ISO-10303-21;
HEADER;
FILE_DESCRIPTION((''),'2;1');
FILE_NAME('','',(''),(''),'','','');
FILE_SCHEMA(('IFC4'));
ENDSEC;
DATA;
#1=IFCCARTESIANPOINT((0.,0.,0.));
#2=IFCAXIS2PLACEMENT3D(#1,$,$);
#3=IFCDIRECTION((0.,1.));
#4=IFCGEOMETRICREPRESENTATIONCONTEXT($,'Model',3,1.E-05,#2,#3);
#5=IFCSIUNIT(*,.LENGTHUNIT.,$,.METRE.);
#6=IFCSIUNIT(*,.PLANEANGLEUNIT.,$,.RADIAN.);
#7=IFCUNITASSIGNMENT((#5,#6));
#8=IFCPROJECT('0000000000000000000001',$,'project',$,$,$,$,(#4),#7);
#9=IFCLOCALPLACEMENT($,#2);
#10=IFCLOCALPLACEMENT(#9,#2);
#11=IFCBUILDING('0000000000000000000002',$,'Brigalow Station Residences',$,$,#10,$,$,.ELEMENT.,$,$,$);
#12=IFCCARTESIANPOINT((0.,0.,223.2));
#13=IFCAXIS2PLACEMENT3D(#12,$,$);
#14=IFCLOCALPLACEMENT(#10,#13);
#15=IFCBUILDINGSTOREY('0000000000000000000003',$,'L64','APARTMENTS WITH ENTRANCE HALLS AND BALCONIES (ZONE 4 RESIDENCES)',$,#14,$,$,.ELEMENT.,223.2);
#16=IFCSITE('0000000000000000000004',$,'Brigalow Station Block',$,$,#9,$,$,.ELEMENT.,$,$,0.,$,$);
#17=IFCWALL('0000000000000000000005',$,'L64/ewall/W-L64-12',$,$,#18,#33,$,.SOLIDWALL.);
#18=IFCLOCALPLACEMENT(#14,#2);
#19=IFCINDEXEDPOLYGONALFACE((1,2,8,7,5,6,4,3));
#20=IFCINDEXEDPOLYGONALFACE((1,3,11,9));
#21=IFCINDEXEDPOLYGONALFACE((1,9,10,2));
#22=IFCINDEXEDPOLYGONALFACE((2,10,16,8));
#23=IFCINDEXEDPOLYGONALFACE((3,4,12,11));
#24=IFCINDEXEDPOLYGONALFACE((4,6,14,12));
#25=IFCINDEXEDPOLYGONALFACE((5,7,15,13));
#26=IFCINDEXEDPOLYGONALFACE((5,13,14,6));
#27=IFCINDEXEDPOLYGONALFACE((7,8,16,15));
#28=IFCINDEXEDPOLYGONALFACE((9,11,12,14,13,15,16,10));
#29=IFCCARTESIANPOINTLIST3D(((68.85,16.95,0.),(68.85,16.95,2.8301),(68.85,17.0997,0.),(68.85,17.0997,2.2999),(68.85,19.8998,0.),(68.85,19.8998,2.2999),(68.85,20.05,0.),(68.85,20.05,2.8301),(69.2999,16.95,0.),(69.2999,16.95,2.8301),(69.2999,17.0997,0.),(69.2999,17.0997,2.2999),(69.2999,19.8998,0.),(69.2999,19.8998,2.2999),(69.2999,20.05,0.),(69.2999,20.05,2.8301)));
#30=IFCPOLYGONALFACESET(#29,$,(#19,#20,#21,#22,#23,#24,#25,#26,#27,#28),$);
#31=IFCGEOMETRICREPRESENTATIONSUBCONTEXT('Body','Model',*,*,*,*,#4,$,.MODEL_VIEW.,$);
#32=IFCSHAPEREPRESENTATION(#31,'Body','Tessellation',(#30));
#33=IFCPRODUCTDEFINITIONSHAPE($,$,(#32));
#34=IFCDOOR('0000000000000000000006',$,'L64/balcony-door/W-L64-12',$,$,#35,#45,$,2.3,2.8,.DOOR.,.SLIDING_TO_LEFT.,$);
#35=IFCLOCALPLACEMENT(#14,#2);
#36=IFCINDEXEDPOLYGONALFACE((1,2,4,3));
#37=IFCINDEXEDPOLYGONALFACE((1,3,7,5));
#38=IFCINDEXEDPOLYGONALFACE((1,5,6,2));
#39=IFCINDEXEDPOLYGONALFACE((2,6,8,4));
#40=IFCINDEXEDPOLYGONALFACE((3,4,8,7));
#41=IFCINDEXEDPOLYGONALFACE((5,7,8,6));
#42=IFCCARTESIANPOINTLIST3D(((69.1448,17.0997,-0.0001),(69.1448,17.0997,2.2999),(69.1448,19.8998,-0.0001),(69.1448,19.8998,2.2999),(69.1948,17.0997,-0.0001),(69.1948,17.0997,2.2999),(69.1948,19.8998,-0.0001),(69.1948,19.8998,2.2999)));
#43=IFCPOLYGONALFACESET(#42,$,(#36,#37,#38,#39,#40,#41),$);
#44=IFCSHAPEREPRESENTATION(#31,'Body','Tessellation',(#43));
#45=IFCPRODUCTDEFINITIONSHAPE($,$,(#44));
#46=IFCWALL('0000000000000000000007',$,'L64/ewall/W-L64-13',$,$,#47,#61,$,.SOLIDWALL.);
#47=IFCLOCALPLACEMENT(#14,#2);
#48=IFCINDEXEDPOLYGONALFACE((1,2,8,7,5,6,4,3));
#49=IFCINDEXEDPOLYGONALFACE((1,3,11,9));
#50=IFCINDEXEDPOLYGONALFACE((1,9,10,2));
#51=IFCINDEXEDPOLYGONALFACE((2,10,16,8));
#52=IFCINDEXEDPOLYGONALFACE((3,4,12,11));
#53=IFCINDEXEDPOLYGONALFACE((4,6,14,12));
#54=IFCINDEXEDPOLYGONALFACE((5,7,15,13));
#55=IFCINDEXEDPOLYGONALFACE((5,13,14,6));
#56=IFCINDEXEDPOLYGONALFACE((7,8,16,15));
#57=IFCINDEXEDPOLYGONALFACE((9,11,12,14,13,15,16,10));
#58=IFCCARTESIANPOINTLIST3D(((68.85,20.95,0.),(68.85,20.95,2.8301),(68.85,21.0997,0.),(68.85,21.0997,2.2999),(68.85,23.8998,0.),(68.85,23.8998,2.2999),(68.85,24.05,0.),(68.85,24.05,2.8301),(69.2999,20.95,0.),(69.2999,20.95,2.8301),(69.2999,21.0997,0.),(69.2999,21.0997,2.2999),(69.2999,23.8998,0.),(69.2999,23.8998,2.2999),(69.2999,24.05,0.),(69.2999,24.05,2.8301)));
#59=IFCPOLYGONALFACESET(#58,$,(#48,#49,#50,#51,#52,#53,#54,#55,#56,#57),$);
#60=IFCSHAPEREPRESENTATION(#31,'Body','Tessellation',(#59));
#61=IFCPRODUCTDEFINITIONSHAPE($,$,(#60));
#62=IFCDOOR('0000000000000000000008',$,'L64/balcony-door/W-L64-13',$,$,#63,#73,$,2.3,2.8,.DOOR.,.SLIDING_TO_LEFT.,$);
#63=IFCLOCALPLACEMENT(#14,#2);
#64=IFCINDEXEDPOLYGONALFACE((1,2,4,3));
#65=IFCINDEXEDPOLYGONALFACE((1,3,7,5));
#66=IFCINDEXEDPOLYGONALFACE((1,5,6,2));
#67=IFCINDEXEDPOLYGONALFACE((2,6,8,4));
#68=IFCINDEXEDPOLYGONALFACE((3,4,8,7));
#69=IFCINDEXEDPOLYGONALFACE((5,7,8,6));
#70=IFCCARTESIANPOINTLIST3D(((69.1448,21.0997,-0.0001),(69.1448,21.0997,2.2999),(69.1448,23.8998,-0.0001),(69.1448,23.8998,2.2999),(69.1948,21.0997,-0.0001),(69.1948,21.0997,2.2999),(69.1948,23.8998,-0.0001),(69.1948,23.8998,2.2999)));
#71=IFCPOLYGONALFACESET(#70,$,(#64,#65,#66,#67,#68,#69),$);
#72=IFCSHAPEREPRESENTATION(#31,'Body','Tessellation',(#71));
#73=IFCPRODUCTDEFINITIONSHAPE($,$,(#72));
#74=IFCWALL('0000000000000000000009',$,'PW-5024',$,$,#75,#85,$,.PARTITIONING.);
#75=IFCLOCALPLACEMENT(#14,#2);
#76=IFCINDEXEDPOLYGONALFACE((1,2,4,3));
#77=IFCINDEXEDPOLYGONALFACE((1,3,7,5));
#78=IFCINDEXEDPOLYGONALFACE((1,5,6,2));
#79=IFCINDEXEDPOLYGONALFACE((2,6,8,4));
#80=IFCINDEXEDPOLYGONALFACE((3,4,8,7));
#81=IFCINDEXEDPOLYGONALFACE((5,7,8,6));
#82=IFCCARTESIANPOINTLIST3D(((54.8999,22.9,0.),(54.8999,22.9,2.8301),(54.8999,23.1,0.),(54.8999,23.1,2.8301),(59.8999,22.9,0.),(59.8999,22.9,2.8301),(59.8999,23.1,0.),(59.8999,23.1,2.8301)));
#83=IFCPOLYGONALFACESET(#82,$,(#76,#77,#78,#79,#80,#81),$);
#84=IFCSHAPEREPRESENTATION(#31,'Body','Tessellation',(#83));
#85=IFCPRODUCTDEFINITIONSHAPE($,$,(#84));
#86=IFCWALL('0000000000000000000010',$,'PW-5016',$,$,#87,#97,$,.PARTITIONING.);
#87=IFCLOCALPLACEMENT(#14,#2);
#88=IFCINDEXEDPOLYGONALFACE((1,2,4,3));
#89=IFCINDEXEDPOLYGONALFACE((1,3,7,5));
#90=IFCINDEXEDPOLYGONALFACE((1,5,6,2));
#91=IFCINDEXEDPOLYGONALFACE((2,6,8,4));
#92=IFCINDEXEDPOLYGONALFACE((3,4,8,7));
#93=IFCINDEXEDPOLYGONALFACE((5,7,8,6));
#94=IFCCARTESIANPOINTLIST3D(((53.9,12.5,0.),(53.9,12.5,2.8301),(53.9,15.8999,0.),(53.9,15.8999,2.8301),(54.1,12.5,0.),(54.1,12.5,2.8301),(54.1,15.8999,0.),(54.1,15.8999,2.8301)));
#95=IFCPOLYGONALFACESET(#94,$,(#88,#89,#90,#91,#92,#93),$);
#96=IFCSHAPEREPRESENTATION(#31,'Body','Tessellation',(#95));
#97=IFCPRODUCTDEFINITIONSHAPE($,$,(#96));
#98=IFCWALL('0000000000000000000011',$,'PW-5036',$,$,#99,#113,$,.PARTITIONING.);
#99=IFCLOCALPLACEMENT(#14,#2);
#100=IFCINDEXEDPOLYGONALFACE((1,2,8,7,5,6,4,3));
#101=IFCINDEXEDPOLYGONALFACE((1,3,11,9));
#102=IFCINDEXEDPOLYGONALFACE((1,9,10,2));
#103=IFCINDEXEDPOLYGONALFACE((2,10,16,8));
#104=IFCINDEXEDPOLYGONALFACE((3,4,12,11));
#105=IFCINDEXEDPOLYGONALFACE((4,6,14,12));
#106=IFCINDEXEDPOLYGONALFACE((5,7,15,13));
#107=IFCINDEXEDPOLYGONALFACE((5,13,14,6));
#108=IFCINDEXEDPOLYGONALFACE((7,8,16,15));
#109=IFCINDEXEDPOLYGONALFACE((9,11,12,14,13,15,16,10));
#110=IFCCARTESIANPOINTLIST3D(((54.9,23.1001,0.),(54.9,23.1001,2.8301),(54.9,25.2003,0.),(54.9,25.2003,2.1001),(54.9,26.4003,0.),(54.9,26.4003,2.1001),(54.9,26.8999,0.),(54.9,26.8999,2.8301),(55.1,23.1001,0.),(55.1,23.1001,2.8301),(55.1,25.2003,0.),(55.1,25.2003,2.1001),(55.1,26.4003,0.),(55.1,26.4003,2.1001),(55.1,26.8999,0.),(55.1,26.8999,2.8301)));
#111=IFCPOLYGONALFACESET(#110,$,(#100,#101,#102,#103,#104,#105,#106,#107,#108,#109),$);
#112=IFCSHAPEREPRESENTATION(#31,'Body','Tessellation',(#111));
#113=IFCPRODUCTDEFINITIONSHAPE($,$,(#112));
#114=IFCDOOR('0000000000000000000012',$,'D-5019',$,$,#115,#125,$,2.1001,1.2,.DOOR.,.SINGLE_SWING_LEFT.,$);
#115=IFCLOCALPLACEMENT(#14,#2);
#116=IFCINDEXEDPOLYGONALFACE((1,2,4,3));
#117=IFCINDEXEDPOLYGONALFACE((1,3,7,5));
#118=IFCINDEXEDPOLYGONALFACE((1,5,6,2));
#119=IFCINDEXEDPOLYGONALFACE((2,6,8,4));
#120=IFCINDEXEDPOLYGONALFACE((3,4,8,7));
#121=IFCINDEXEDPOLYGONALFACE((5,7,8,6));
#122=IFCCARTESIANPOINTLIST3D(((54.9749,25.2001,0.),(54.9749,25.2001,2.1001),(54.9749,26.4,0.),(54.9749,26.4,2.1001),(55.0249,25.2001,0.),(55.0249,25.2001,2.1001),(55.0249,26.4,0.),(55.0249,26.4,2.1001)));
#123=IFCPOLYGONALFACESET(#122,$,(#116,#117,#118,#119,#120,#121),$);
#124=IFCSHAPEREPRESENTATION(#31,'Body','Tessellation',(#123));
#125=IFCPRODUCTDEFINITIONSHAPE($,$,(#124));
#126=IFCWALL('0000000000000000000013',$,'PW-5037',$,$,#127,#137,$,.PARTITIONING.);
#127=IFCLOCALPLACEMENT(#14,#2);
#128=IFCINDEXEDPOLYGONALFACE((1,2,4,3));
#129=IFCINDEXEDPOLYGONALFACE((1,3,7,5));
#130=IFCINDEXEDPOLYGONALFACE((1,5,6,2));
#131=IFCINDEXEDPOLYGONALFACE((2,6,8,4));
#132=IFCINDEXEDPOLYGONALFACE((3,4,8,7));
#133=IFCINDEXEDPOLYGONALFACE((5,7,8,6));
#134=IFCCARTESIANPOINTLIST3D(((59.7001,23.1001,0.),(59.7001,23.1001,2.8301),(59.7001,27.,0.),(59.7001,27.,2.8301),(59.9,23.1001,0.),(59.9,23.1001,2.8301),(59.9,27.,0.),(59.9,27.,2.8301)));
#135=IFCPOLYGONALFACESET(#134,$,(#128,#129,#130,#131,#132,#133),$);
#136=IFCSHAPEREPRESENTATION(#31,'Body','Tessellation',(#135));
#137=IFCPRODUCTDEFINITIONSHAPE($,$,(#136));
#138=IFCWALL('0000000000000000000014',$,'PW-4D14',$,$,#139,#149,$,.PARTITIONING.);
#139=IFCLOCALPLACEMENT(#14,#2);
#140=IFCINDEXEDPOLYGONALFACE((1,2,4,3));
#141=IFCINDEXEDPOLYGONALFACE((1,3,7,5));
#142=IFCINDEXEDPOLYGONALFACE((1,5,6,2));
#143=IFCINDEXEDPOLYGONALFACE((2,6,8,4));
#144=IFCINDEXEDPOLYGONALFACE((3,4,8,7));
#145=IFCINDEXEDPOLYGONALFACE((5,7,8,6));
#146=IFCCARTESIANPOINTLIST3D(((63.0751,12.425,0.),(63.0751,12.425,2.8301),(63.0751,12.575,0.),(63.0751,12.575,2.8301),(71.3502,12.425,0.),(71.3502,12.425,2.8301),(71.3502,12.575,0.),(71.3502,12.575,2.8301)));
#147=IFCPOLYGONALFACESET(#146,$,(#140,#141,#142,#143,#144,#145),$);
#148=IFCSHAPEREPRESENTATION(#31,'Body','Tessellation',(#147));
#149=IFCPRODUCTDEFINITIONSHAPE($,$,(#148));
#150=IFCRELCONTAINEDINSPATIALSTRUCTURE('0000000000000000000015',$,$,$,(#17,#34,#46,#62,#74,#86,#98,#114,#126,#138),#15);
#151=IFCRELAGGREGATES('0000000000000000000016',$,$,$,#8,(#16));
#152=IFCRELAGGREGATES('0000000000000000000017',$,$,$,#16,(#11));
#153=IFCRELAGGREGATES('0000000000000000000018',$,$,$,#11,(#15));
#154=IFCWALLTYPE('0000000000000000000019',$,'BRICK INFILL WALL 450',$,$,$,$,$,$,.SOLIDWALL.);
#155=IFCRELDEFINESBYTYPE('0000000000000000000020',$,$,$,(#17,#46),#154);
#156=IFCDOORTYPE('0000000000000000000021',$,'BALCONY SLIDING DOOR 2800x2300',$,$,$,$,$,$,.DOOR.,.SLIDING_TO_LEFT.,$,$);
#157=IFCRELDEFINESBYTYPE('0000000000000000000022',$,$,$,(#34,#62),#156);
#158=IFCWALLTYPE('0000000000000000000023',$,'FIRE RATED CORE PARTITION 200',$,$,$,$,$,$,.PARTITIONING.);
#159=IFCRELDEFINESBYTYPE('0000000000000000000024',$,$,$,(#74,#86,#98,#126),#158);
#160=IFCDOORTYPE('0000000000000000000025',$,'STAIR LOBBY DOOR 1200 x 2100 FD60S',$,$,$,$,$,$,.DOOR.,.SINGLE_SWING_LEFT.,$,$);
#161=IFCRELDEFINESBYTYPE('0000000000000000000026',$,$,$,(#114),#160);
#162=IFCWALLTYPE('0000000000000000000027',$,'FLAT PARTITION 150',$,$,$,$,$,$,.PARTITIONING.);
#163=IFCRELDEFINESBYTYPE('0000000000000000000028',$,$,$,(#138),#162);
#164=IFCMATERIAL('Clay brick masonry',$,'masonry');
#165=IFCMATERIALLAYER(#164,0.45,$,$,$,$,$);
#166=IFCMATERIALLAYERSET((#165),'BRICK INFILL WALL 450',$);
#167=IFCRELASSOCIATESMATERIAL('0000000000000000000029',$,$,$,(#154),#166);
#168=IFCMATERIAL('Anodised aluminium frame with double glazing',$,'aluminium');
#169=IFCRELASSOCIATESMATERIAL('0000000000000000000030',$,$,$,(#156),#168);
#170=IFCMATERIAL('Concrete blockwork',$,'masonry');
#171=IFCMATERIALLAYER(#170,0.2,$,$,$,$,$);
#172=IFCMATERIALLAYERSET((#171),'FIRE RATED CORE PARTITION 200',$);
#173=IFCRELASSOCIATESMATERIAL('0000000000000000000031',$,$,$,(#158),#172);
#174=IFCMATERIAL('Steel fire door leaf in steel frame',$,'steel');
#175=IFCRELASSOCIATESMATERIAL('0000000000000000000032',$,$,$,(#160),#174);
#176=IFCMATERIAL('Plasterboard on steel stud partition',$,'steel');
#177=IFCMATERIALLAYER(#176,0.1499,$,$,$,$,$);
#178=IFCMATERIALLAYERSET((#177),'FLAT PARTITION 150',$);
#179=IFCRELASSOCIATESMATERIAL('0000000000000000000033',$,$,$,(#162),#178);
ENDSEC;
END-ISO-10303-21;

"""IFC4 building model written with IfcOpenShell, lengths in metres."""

from ifc_helpers import new_model, si_unit, direction, frame, frame_2d, origin, place, context, subcontext, project, spatial, rectangle, extrude, material, layer, layer_set, type_object, element, fill, save


model = new_model("IFC4")

# Units and contexts
model_context = context("Model", 3, precision=1e-05, world=origin(), true_north=direction((0.0, 1.0)))
body_context = subcontext(model_context, "Body", "Model", "MODEL_VIEW")
ifc_project = project(units=[si_unit("LENGTHUNIT", "METRE"), si_unit("PLANEANGLEUNIT", "RADIAN")], contexts=[model_context])

# Site, building, storey
site_placement = place(None, origin())
site = spatial("IfcSite", under=ifc_project, at=site_placement, Name="Brigalow Station Block", CompositionType="ELEMENT", RefElevation=0.0)
building_placement = place(site_placement, origin())
building = spatial("IfcBuilding", under=site, at=building_placement, Name="Brigalow Station Residences", CompositionType="ELEMENT")
storey_placement = place(building_placement, frame((0.0, 0.0, 223.2)))
storey = spatial("IfcBuildingStorey", under=building, at=storey_placement, Name="L64", Description="APARTMENTS WITH ENTRANCE HALLS AND BALCONIES (ZONE 4 RESIDENCES)", CompositionType="ELEMENT", Elevation=223.2)

# Shared definitions
ifc_material_1 = material(Name="Clay brick masonry", Category="masonry")
ifc_layer_1 = layer(ifc_material_1, 0.45)
ifc_layer_set_1 = layer_set([ifc_layer_1], Name="BRICK INFILL WALL 450")
wall_type_1 = type_object("IfcWallType", Name="BRICK INFILL WALL 450", PredefinedType="SOLIDWALL", material=ifc_layer_set_1)

# Walls, openings, doors
wall_1_placement = place(storey_placement, frame((69.075, 16.95, 0.0), z_axis=(0.0, 0.0, 1.0), x_axis=(0.0, 1.0, 0.0)))
wall_1 = element("IfcWall", 1, at=wall_1_placement, inside=storey, type_object=wall_type_1, Name="L64/ewall/W-L64-12", PredefinedType="SOLIDWALL", context=body_context, shape_type="SweptSolid", body=[
    extrude(rectangle(XDim=3.1001, YDim=0.45, at=frame_2d((1.55, 0.0))), origin(), (0.0, 0.0, 1.0), 2.8301),
])
opening_1_placement = place(wall_1_placement, frame((0.1499, 0.0, 0.0)))
opening_1 = element("IfcOpeningElement", 2, at=opening_1_placement, cuts=wall_1, PredefinedType="OPENING", context=body_context, shape_type="SweptSolid", body=[
    extrude(rectangle(XDim=2.8, YDim=2.3, at=frame_2d((1.3999, 1.1499))), frame((0.0, 0.2349, 0.0), z_axis=(0.0, -1.0, 0.0), x_axis=(1.0, 0.0, 0.0)), (0.0, 0.0, 1.0), 0.47),
])
ifc_material_2 = material(Name="Anodised aluminium frame with double glazing", Category="aluminium")
door_type_1 = type_object("IfcDoorType", Name="BALCONY SLIDING DOOR 2800x2300", OperationType="SLIDING_TO_LEFT", PredefinedType="DOOR", material=ifc_material_2)
door_1_placement = place(opening_1_placement, origin())
door_1 = element("IfcDoor", 3, at=door_1_placement, inside=storey, type_object=door_type_1, Name="L64/balcony-door/W-L64-12", OperationType="SLIDING_TO_LEFT", OverallHeight=2.3, OverallWidth=2.8, PredefinedType="DOOR", context=body_context, shape_type="SweptSolid", body=[
    extrude(rectangle(XDim=2.8, YDim=2.3, at=frame_2d((1.3999, 1.1499))), frame((0.0, -0.0698, 0.0), z_axis=(0.0, -1.0, 0.0), x_axis=(1.0, 0.0, 0.0)), (0.0, 0.0, 1.0), 0.05),
])
fill(opening_1, door_1)
wall_2_placement = place(storey_placement, frame((69.075, 20.95, 0.0), z_axis=(0.0, 0.0, 1.0), x_axis=(0.0, 1.0, 0.0)))
wall_2 = element("IfcWall", 4, at=wall_2_placement, inside=storey, type_object=wall_type_1, Name="L64/ewall/W-L64-13", PredefinedType="SOLIDWALL", context=body_context, shape_type="SweptSolid", body=[
    extrude(rectangle(XDim=3.1001, YDim=0.45, at=frame_2d((1.55, 0.0))), origin(), (0.0, 0.0, 1.0), 2.8301),
])
opening_2_placement = place(wall_2_placement, frame((0.1499, 0.0, 0.0)))
opening_2 = element("IfcOpeningElement", 5, at=opening_2_placement, cuts=wall_2, PredefinedType="OPENING", context=body_context, shape_type="SweptSolid", body=[
    extrude(rectangle(XDim=2.8, YDim=2.3, at=frame_2d((1.3999, 1.1499))), frame((0.0, 0.2349, 0.0), z_axis=(0.0, -1.0, 0.0), x_axis=(1.0, 0.0, 0.0)), (0.0, 0.0, 1.0), 0.47),
])
door_2_placement = place(opening_2_placement, origin())
door_2 = element("IfcDoor", 6, at=door_2_placement, inside=storey, type_object=door_type_1, Name="L64/balcony-door/W-L64-13", OperationType="SLIDING_TO_LEFT", OverallHeight=2.3, OverallWidth=2.8, PredefinedType="DOOR", context=body_context, shape_type="SweptSolid", body=[
    extrude(rectangle(XDim=2.8, YDim=2.3, at=frame_2d((1.3999, 1.1499))), frame((0.0, -0.0698, 0.0), z_axis=(0.0, -1.0, 0.0), x_axis=(1.0, 0.0, 0.0)), (0.0, 0.0, 1.0), 0.05),
])
fill(opening_2, door_2)

# Walls
ifc_material_3 = material(Name="Concrete blockwork", Category="masonry")
ifc_layer_2 = layer(ifc_material_3, 0.2)
ifc_layer_set_2 = layer_set([ifc_layer_2], Name="FIRE RATED CORE PARTITION 200")
wall_type_2 = type_object("IfcWallType", Name="FIRE RATED CORE PARTITION 200", PredefinedType="PARTITIONING", material=ifc_layer_set_2)
wall_3_placement = place(storey_placement, frame((54.8999, 23.0, 0.0), z_axis=(0.0, 0.0, 1.0), x_axis=(1.0, 0.0, 0.0)))
element("IfcWall", 7, at=wall_3_placement, inside=storey, type_object=wall_type_2, Name="PW-5024", PredefinedType="PARTITIONING", context=body_context, shape_type="SweptSolid", body=[
    extrude(rectangle(XDim=5.0, YDim=0.2, at=frame_2d((2.5, 0.0))), origin(), (0.0, 0.0, 1.0), 2.8301),
])
wall_4_placement = place(storey_placement, frame((54.0, 12.5, 0.0), z_axis=(0.0, 0.0, 1.0), x_axis=(0.0, 1.0, 0.0)))
element("IfcWall", 8, at=wall_4_placement, inside=storey, type_object=wall_type_2, Name="PW-5016", PredefinedType="PARTITIONING", context=body_context, shape_type="SweptSolid", body=[
    extrude(rectangle(XDim=3.3999, YDim=0.2, at=frame_2d((1.7, 0.0))), origin(), (0.0, 0.0, 1.0), 2.8301),
])

# Wall, opening, door
wall_5_placement = place(storey_placement, frame((55.0, 23.1001, 0.0), z_axis=(0.0, 0.0, 1.0), x_axis=(0.0, 1.0, 0.0)))
wall_5 = element("IfcWall", 9, at=wall_5_placement, inside=storey, type_object=wall_type_2, Name="PW-5036", PredefinedType="PARTITIONING", context=body_context, shape_type="SweptSolid", body=[
    extrude(rectangle(XDim=3.7998, YDim=0.2, at=frame_2d((1.8999, 0.0))), origin(), (0.0, 0.0, 1.0), 2.8301),
])
opening_3_placement = place(wall_5_placement, frame((2.1001, 0.0, 0.0)))
opening_3 = element("IfcOpeningElement", 10, at=opening_3_placement, cuts=wall_5, PredefinedType="OPENING", context=body_context, shape_type="SweptSolid", body=[
    extrude(rectangle(XDim=1.2, YDim=2.1001, at=frame_2d((0.6001, 1.05))), frame((0.0, 0.1099, 0.0), z_axis=(0.0, -1.0, 0.0), x_axis=(1.0, 0.0, 0.0)), (0.0, 0.0, 1.0), 0.22),
])
ifc_material_4 = material(Name="Steel fire door leaf in steel frame", Category="steel")
door_type_2 = type_object("IfcDoorType", Name="STAIR LOBBY DOOR 1200 x 2100 FD60S", OperationType="SINGLE_SWING_LEFT", PredefinedType="DOOR", material=ifc_material_4)
door_3_placement = place(opening_3_placement, frame((1.2, 0.0, 0.0), z_axis=(0.0, 0.0, 1.0), x_axis=(-1.0, 0.0, 0.0)))
door_3 = element("IfcDoor", 11, at=door_3_placement, inside=storey, type_object=door_type_2, Name="D-5019", OperationType="SINGLE_SWING_LEFT", OverallHeight=2.1001, OverallWidth=1.2, PredefinedType="DOOR", context=body_context, shape_type="SweptSolid", body=[
    extrude(rectangle(XDim=1.2, YDim=2.1001, at=frame_2d((0.6001, 1.05))), frame((0.0, 0.0249, 0.0), z_axis=(0.0, -1.0, 0.0), x_axis=(1.0, 0.0, 0.0)), (0.0, 0.0, 1.0), 0.05),
])
fill(opening_3, door_3)

# Walls
wall_6_placement = place(storey_placement, frame((59.8, 23.1001, 0.0), z_axis=(0.0, 0.0, 1.0), x_axis=(0.0, 1.0, 0.0)))
element("IfcWall", 12, at=wall_6_placement, inside=storey, type_object=wall_type_2, Name="PW-5037", PredefinedType="PARTITIONING", context=body_context, shape_type="SweptSolid", body=[
    extrude(rectangle(XDim=3.8999, YDim=0.2, at=frame_2d((1.95, 0.0))), origin(), (0.0, 0.0, 1.0), 2.8301),
])
ifc_material_5 = material(Name="Plasterboard on steel stud partition", Category="steel")
ifc_layer_3 = layer(ifc_material_5, 0.1499)
ifc_layer_set_3 = layer_set([ifc_layer_3], Name="FLAT PARTITION 150")
wall_type_3 = type_object("IfcWallType", Name="FLAT PARTITION 150", PredefinedType="PARTITIONING", material=ifc_layer_set_3)
wall_7_placement = place(storey_placement, frame((63.075, 12.5, 0.0), z_axis=(0.0, 0.0, 1.0), x_axis=(1.0, 0.0, 0.0)))
element("IfcWall", 13, at=wall_7_placement, inside=storey, type_object=wall_type_3, Name="PW-4D14", PredefinedType="PARTITIONING", context=body_context, shape_type="SweptSolid", body=[
    extrude(rectangle(XDim=8.2751, YDim=0.1499, at=frame_2d((4.1377, 0.0))), origin(), (0.0, 0.0, 1.0), 2.8301),
])

save(model, "model.ifc")
